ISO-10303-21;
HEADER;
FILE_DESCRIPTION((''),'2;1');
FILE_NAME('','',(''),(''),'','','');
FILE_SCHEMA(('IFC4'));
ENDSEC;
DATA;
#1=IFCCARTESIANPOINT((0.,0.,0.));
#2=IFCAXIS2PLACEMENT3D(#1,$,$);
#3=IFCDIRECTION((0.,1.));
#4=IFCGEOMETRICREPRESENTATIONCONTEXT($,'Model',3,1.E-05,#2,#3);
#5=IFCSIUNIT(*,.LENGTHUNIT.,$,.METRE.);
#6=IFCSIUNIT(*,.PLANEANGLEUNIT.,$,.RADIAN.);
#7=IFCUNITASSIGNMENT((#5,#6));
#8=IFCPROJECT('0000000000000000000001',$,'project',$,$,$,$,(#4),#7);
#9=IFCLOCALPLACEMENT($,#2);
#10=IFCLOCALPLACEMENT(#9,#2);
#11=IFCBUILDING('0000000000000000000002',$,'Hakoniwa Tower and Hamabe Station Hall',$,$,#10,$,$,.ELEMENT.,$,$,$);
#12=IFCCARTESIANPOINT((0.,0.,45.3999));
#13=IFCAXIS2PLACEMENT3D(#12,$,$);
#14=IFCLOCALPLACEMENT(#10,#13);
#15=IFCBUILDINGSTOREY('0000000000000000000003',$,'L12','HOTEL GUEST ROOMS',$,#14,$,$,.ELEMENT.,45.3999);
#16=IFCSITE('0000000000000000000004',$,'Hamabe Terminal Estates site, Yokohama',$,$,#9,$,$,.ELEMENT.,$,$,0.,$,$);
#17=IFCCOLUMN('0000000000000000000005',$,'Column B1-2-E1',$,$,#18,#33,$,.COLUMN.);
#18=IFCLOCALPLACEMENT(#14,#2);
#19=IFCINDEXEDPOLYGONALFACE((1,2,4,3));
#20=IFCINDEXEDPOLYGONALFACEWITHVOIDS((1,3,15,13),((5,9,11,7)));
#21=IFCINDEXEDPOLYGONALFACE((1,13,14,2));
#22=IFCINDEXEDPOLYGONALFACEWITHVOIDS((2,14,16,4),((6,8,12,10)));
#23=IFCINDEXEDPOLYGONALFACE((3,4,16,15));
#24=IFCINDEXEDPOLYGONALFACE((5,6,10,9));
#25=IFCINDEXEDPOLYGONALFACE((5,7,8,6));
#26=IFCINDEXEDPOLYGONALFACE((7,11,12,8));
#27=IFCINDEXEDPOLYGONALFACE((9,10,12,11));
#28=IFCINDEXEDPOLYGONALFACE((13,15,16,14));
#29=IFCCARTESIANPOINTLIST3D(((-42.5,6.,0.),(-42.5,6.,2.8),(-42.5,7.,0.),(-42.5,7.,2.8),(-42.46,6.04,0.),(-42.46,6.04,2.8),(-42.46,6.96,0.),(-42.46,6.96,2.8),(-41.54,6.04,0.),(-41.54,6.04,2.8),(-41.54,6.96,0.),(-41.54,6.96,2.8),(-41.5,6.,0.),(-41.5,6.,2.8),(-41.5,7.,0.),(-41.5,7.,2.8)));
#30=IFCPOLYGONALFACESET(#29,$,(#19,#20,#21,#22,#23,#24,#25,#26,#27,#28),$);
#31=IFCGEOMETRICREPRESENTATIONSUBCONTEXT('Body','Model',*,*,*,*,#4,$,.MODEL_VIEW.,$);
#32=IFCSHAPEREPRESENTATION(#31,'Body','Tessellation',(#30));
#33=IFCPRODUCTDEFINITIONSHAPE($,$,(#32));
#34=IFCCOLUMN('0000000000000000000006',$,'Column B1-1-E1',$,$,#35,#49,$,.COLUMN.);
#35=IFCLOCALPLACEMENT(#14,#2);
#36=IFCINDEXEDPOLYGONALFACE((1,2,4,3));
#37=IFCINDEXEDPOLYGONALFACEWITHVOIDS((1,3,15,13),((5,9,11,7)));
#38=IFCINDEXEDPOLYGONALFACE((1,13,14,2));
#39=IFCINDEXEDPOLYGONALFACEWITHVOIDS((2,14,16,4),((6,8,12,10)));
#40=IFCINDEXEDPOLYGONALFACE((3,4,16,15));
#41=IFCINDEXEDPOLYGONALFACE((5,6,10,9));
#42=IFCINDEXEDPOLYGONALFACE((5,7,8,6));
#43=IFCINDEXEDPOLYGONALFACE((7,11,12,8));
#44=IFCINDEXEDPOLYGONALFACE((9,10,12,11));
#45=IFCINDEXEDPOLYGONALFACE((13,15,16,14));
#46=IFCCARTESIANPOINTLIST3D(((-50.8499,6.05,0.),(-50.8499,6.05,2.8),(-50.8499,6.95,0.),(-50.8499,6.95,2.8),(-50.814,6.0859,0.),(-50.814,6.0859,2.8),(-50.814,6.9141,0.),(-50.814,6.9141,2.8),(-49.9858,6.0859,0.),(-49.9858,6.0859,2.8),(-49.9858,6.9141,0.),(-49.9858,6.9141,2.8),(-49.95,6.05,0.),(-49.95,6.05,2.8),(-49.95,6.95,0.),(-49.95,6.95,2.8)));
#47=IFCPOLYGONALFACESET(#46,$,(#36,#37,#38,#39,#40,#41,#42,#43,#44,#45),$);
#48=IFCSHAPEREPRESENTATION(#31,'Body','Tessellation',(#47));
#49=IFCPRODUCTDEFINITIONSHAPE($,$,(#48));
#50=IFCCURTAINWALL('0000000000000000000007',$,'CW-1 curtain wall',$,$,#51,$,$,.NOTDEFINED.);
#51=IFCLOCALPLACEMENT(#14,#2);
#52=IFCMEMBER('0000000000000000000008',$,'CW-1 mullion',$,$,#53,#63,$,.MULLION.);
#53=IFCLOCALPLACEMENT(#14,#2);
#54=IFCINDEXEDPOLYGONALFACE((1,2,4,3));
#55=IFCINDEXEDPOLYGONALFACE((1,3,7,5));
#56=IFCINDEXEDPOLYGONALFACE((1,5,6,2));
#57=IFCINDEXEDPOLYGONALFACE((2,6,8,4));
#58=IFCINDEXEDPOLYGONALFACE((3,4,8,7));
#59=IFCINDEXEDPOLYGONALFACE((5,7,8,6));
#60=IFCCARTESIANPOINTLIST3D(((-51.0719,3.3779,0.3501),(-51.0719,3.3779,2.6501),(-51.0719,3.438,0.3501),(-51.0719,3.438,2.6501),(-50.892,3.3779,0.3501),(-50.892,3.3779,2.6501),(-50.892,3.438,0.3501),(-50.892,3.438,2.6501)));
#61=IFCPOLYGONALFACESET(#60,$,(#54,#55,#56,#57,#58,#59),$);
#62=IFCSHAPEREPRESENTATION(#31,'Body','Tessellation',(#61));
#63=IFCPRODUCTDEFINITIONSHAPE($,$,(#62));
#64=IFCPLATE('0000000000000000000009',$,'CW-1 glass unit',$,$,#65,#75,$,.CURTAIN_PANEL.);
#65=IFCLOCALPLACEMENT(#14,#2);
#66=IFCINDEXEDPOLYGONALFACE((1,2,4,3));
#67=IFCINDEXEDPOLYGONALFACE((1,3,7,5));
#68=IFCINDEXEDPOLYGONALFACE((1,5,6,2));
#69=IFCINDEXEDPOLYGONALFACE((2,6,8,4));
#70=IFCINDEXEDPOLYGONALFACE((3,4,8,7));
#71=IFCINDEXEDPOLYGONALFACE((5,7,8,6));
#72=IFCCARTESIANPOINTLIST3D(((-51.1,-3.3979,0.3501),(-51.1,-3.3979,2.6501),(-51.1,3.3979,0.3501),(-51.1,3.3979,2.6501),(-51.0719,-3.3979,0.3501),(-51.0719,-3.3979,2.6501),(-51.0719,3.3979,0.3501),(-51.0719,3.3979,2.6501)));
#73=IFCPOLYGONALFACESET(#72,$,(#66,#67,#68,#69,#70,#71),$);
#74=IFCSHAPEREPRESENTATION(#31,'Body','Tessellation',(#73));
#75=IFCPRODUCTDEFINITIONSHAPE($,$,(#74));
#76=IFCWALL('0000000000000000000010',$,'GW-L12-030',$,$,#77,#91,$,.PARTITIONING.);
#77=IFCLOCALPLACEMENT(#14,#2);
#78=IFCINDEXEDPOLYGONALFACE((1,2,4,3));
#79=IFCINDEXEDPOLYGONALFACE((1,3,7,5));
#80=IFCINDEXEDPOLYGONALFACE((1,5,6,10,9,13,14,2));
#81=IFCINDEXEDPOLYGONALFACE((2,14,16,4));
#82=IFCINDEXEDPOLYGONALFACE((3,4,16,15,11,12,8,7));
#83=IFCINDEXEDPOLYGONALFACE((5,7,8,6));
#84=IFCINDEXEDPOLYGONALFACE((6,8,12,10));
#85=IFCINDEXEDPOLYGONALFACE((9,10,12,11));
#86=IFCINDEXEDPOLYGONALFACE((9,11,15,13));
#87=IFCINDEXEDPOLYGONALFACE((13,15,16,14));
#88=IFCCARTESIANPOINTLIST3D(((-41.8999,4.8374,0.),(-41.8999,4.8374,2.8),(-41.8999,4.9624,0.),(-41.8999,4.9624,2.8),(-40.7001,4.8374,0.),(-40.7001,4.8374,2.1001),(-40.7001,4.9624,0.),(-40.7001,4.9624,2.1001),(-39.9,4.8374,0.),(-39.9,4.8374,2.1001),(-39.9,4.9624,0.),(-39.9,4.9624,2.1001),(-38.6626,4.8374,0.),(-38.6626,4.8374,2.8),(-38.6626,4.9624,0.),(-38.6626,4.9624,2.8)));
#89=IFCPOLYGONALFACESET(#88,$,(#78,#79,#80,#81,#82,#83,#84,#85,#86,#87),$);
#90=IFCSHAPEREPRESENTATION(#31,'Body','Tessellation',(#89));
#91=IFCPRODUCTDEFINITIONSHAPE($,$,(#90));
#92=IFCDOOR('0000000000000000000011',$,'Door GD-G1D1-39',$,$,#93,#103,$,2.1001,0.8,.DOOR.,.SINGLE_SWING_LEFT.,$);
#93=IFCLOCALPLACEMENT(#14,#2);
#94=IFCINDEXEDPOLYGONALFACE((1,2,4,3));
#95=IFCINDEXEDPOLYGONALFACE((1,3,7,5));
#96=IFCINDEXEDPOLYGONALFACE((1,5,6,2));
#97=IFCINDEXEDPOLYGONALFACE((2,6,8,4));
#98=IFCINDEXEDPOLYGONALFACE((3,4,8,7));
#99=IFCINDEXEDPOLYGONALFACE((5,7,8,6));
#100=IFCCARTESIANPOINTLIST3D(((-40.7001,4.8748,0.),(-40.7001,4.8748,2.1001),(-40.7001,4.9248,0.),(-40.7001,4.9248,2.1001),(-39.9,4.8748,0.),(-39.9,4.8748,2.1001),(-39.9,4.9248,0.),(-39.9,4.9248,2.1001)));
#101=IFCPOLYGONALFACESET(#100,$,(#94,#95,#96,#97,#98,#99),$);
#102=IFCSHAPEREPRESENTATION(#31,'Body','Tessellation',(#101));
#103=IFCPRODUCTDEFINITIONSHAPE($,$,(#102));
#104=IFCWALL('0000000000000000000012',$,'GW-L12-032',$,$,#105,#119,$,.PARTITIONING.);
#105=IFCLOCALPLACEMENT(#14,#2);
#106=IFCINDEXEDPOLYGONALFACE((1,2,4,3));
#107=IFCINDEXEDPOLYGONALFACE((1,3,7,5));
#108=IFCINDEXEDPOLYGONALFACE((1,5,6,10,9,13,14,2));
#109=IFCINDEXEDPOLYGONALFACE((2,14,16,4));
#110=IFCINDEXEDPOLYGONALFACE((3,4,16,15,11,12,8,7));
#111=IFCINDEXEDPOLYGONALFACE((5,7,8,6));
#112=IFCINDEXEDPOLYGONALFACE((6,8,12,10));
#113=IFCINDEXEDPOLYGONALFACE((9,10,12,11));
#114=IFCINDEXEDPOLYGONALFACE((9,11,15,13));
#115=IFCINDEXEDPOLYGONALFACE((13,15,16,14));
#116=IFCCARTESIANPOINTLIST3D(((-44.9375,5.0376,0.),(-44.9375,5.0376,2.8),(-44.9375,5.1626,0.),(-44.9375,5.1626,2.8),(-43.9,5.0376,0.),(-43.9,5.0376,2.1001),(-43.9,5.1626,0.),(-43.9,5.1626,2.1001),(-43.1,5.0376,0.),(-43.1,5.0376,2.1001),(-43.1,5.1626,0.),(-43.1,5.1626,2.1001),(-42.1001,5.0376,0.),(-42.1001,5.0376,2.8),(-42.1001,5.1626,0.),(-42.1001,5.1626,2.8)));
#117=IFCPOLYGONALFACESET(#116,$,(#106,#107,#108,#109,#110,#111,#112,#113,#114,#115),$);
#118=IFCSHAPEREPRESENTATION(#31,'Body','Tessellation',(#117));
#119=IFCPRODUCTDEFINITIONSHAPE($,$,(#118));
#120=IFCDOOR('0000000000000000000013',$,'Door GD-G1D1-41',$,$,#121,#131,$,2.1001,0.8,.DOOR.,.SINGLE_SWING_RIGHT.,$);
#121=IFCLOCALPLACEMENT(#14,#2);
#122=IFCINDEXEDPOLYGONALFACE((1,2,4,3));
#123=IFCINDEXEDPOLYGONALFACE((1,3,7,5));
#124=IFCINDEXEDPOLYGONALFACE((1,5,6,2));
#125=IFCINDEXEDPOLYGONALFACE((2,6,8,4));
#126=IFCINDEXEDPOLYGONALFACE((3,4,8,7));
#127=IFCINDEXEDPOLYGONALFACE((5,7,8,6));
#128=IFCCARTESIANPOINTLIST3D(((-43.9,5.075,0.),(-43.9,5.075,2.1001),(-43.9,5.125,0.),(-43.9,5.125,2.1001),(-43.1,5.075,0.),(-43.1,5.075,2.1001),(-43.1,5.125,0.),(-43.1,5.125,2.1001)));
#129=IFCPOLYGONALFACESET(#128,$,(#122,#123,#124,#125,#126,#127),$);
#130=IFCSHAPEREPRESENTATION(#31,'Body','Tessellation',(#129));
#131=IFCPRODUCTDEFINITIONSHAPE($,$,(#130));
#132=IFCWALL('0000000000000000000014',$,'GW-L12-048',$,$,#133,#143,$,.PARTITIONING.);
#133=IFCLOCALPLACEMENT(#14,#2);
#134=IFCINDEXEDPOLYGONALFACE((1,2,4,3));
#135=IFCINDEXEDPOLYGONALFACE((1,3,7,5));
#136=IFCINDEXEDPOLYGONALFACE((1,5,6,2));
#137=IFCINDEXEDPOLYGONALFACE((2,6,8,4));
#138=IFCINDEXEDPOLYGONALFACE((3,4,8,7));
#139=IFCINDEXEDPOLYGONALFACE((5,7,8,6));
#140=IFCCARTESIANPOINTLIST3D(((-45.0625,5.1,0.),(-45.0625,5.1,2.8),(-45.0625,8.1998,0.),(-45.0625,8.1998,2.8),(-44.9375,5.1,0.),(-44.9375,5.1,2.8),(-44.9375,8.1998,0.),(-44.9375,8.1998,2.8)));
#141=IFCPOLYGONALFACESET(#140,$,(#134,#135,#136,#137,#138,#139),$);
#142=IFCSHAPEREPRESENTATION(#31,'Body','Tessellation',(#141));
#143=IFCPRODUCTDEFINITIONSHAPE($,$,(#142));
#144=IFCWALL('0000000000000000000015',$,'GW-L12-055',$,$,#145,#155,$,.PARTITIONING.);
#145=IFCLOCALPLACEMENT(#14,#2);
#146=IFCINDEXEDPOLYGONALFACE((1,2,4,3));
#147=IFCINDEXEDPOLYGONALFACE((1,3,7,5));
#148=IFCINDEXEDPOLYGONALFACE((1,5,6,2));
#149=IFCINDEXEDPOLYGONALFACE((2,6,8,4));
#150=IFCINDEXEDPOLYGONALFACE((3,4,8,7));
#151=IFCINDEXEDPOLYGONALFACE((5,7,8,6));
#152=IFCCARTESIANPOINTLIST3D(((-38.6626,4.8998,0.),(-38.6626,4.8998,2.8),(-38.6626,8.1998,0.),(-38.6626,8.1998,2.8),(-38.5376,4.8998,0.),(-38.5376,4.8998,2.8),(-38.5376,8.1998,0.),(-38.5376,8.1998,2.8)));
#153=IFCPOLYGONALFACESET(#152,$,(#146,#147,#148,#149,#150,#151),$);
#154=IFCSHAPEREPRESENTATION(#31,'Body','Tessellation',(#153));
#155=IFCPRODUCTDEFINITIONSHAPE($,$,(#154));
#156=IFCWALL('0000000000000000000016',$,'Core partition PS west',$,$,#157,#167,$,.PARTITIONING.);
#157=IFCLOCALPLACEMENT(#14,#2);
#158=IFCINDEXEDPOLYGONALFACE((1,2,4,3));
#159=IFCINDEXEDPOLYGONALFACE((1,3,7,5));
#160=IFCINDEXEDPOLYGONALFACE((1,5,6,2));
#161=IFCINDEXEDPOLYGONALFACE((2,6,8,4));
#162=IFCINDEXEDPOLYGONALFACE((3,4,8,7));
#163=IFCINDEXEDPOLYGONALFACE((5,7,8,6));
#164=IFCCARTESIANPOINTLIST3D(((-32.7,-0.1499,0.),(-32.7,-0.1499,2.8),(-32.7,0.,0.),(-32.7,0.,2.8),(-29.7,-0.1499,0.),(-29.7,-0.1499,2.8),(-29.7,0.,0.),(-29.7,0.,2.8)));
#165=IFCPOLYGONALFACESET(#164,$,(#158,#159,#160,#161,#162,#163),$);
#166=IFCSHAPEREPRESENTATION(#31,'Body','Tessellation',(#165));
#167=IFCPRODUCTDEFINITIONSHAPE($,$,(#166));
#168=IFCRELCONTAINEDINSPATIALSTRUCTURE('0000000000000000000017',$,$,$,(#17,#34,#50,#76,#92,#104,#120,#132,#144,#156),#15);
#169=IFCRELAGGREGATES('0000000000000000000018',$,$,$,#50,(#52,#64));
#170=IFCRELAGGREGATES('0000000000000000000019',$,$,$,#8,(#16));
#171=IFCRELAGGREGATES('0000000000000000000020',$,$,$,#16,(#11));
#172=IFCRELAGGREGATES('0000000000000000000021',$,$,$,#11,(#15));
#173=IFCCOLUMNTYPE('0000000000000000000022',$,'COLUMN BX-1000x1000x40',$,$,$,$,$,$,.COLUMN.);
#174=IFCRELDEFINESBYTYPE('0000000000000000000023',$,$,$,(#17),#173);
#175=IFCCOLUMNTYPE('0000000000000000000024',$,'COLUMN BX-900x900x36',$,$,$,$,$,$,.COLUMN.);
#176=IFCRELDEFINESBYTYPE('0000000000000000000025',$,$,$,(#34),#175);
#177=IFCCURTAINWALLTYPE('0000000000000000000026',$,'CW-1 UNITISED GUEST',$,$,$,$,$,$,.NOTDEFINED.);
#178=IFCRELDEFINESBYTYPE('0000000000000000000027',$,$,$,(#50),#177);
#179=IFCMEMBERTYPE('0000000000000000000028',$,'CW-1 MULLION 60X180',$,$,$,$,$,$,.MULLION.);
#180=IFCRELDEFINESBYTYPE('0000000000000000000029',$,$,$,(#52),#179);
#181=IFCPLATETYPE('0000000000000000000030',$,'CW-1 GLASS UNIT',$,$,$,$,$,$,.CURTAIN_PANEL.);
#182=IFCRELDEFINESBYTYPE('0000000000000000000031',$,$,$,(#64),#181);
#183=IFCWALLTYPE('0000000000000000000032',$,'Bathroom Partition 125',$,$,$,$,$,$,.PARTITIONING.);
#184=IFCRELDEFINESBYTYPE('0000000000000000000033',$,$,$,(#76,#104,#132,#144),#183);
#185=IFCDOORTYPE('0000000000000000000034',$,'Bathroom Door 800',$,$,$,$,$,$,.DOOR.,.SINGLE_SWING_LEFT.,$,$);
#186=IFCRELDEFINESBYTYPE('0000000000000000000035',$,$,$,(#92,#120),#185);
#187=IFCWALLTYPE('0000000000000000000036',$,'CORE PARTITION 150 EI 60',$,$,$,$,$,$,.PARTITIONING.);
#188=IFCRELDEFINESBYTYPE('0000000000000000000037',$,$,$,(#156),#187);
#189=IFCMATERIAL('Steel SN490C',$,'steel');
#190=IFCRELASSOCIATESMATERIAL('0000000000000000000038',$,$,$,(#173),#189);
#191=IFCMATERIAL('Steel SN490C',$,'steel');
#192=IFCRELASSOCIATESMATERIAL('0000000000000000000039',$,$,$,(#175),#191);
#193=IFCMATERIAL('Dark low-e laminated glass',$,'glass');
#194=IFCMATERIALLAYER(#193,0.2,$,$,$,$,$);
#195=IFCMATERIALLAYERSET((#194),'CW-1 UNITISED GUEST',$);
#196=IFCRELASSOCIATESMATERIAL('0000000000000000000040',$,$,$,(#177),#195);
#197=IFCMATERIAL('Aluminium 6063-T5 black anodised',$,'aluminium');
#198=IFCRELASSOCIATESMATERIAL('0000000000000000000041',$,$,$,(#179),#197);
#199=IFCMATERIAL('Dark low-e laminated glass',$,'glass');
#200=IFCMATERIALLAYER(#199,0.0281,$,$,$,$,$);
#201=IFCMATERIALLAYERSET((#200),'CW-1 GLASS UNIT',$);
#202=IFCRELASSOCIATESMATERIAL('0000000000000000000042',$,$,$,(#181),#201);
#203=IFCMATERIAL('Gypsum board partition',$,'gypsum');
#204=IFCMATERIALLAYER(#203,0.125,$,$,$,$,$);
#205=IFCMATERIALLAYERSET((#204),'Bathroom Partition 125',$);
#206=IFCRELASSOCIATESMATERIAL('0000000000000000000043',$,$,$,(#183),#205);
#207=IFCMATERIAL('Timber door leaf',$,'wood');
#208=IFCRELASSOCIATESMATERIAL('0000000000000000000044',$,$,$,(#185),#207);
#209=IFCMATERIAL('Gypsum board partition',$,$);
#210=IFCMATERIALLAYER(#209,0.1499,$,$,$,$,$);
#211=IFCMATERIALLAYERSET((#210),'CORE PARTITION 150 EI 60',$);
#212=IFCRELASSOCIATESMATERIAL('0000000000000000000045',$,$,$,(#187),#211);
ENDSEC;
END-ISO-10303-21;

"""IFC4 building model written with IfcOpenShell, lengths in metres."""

from ifc_helpers import new_model, si_unit, direction, frame, frame_2d, origin, origin_2d, place, context, subcontext, project, spatial, rectangle, hollow_rectangle, extrude, material, layer, layer_set, material_profile, profile_set, type_object, element, fill, aggregate, save


model = new_model("IFC4")

# Units and contexts
model_context = context("Model", 3, precision=1e-05, world=origin(), true_north=direction((0.0, 1.0)))
body_context = subcontext(model_context, "Body", "Model", "MODEL_VIEW")
ifc_project = project(units=[si_unit("LENGTHUNIT", "METRE"), si_unit("PLANEANGLEUNIT", "RADIAN")], contexts=[model_context])

# Site, building, storey
site_placement = place(None, origin())
site = spatial("IfcSite", under=ifc_project, at=site_placement, Name="Hamabe Terminal Estates site, Yokohama", CompositionType="ELEMENT", RefElevation=0.0)
building_placement = place(site_placement, origin())
building = spatial("IfcBuilding", under=site, at=building_placement, Name="Hakoniwa Tower and Hamabe Station Hall", CompositionType="ELEMENT")
storey_placement = place(building_placement, frame((0.0, 0.0, 45.3999)))
storey = spatial("IfcBuildingStorey", under=building, at=storey_placement, Name="L12", Description="HOTEL GUEST ROOMS", CompositionType="ELEMENT", Elevation=45.3999)

# Columns
ifc_material_1 = material(Name="Steel SN490C", Category="steel")
ifc_material_profile_1 = material_profile(ifc_material_1, hollow_rectangle(XDim=1.0, YDim=1.0, WallThickness=0.04, at=origin_2d()), Name="BX-1000x1000x40")
ifc_profile_set_1 = profile_set([ifc_material_profile_1], Name="Steel SN490C")
column_type_1 = type_object("IfcColumnType", Name="COLUMN BX-1000x1000x40", PredefinedType="COLUMN", material=ifc_profile_set_1)
column_1_placement = place(storey_placement, frame((-42.0, 6.5, 0.0), z_axis=(0.0, 0.0, 1.0), x_axis=(1.0, 0.0, 0.0)))
element("IfcColumn", 1, at=column_1_placement, inside=storey, type_object=column_type_1, Name="Column B1-2-E1", PredefinedType="COLUMN", context=body_context, shape_type="SweptSolid", body=[
    extrude(hollow_rectangle(XDim=1.0, YDim=1.0, WallThickness=0.04, at=origin_2d()), origin(), (0.0, 0.0, 1.0), 2.8),
])
ifc_material_2 = material(Name="Steel SN490C", Category="steel")
ifc_material_profile_2 = material_profile(ifc_material_2, hollow_rectangle(XDim=0.8999, YDim=0.8999, WallThickness=0.0359, at=origin_2d()), Name="BX-900x900x36")
ifc_profile_set_2 = profile_set([ifc_material_profile_2], Name="Steel SN490C")
column_type_2 = type_object("IfcColumnType", Name="COLUMN BX-900x900x36", PredefinedType="COLUMN", material=ifc_profile_set_2)
column_2_placement = place(storey_placement, frame((-50.3999, 6.5, 0.0), z_axis=(0.0, 0.0, 1.0), x_axis=(1.0, 0.0, 0.0)))
element("IfcColumn", 2, at=column_2_placement, inside=storey, type_object=column_type_2, Name="Column B1-1-E1", PredefinedType="COLUMN", context=body_context, shape_type="SweptSolid", body=[
    extrude(hollow_rectangle(XDim=0.8999, YDim=0.8999, WallThickness=0.0359, at=origin_2d()), origin(), (0.0, 0.0, 1.0), 2.8),
])

# Curtain wall, member, plate
ifc_material_3 = material(Name="Dark low-e laminated glass", Category="glass")
ifc_layer_1 = layer(ifc_material_3, 0.2)
ifc_layer_set_1 = layer_set([ifc_layer_1], Name="CW-1 UNITISED GUEST")
curtain_wall_type = type_object("IfcCurtainWallType", Name="CW-1 UNITISED GUEST", PredefinedType="NOTDEFINED", material=ifc_layer_set_1)
curtain_wall_placement = place(storey_placement, origin())
curtain_wall = element("IfcCurtainWall", 3, at=curtain_wall_placement, inside=storey, type_object=curtain_wall_type, Name="CW-1 curtain wall", PredefinedType="NOTDEFINED")
ifc_material_4 = material(Name="Aluminium 6063-T5 black anodised", Category="aluminium")
ifc_material_profile_3 = material_profile(ifc_material_4, rectangle(XDim=0.0601, YDim=0.1799, at=origin_2d()), Name="CW-1 MULLION 60X180")
ifc_profile_set_3 = profile_set([ifc_material_profile_3], Name="Aluminium 6063-T5 black anodised")
member_type = type_object("IfcMemberType", Name="CW-1 MULLION 60X180", PredefinedType="MULLION", material=ifc_profile_set_3)
member_placement = place(storey_placement, frame((-50.9819, 3.408, 0.3501), z_axis=(0.0, 0.0, 1.0), x_axis=(0.0, -1.0, 0.0)))
member = element("IfcMember", 4, at=member_placement, type_object=member_type, Name="CW-1 mullion", PredefinedType="MULLION", context=body_context, shape_type="SweptSolid", body=[
    extrude(rectangle(XDim=0.0601, YDim=0.1799, at=origin_2d()), origin(), (0.0, 0.0, 1.0), 2.3),
])
ifc_material_5 = material(Name="Dark low-e laminated glass", Category="glass")
ifc_layer_2 = layer(ifc_material_5, 0.0281)
ifc_layer_set_2 = layer_set([ifc_layer_2], Name="CW-1 GLASS UNIT")
plate_type = type_object("IfcPlateType", Name="CW-1 GLASS UNIT", PredefinedType="CURTAIN_PANEL", material=ifc_layer_set_2)
plate_placement = place(storey_placement, frame((-51.0859, 0.0, 0.3501), z_axis=(0.0, 0.0, 1.0), x_axis=(0.0, -1.0, 0.0)))
plate = element("IfcPlate", 5, at=plate_placement, type_object=plate_type, Name="CW-1 glass unit", PredefinedType="CURTAIN_PANEL", context=body_context, shape_type="SweptSolid", body=[
    extrude(rectangle(XDim=6.7959, YDim=0.0281, at=origin_2d()), origin(), (0.0, 0.0, 1.0), 2.3),
])
aggregate(curtain_wall, [member, plate])

# Walls, openings, doors
ifc_material_6 = material(Name="Gypsum board partition", Category="gypsum")
ifc_layer_3 = layer(ifc_material_6, 0.125)
ifc_layer_set_3 = layer_set([ifc_layer_3], Name="Bathroom Partition 125")
wall_type_1 = type_object("IfcWallType", Name="Bathroom Partition 125", PredefinedType="PARTITIONING", material=ifc_layer_set_3)
wall_1_placement = place(storey_placement, frame((-41.8999, 4.8999, 0.0), z_axis=(0.0, 0.0, 1.0), x_axis=(1.0, 0.0, 0.0)))
wall_1 = element("IfcWall", 6, at=wall_1_placement, inside=storey, type_object=wall_type_1, Name="GW-L12-030", PredefinedType="PARTITIONING", context=body_context, shape_type="SweptSolid", body=[
    extrude(rectangle(XDim=3.2373, YDim=0.125, at=frame_2d((1.6187, 0.0))), origin(), (0.0, 0.0, 1.0), 2.8),
])
opening_1_placement = place(wall_1_placement, frame((1.2, 0.0, 0.0)))
opening_1 = element("IfcOpeningElement", 7, at=opening_1_placement, cuts=wall_1, PredefinedType="OPENING", context=body_context, shape_type="SweptSolid", body=[
    extrude(rectangle(XDim=0.8, YDim=2.1001, at=frame_2d((0.3999, 1.05))), frame((0.0, 0.0725, 0.0), z_axis=(0.0, -1.0, 0.0), x_axis=(1.0, 0.0, 0.0)), (0.0, 0.0, 1.0), 0.145),
])
ifc_material_7 = material(Name="Timber door leaf", Category="wood")
door_type_1 = type_object("IfcDoorType", Name="Bathroom Door 800", OperationType="SINGLE_SWING_LEFT", PredefinedType="DOOR", material=ifc_material_7)
door_1_placement = place(opening_1_placement, origin())
door_1 = element("IfcDoor", 8, at=door_1_placement, inside=storey, type_object=door_type_1, Name="Door GD-G1D1-39", OperationType="SINGLE_SWING_LEFT", OverallHeight=2.1001, OverallWidth=0.8, PredefinedType="DOOR", context=body_context, shape_type="SweptSolid", body=[
    extrude(rectangle(XDim=0.8, YDim=2.1001, at=frame_2d((0.3999, 1.05))), frame((0.0, 0.0249, 0.0), z_axis=(0.0, -1.0, 0.0), x_axis=(1.0, 0.0, 0.0)), (0.0, 0.0, 1.0), 0.05),
])
fill(opening_1, door_1)
wall_2_placement = place(storey_placement, frame((-44.9375, 5.1001, 0.0), z_axis=(0.0, 0.0, 1.0), x_axis=(1.0, 0.0, 0.0)))
wall_2 = element("IfcWall", 9, at=wall_2_placement, inside=storey, type_object=wall_type_1, Name="GW-L12-032", PredefinedType="PARTITIONING", context=body_context, shape_type="SweptSolid", body=[
    extrude(rectangle(XDim=2.8374, YDim=0.125, at=frame_2d((1.4187, 0.0))), origin(), (0.0, 0.0, 1.0), 2.8),
])
opening_2_placement = place(wall_2_placement, frame((1.0376, 0.0, 0.0)))
opening_2 = element("IfcOpeningElement", 10, at=opening_2_placement, cuts=wall_2, PredefinedType="OPENING", context=body_context, shape_type="SweptSolid", body=[
    extrude(rectangle(XDim=0.8, YDim=2.1001, at=frame_2d((0.3999, 1.05))), frame((0.0, 0.0725, 0.0), z_axis=(0.0, -1.0, 0.0), x_axis=(1.0, 0.0, 0.0)), (0.0, 0.0, 1.0), 0.145),
])
door_2_placement = place(opening_2_placement, origin())
door_2 = element("IfcDoor", 11, at=door_2_placement, inside=storey, type_object=door_type_1, Name="Door GD-G1D1-41", OperationType="SINGLE_SWING_RIGHT", OverallHeight=2.1001, OverallWidth=0.8, PredefinedType="DOOR", context=body_context, shape_type="SweptSolid", body=[
    extrude(rectangle(XDim=0.8, YDim=2.1001, at=frame_2d((0.3999, 1.05))), frame((0.0, 0.0249, 0.0), z_axis=(0.0, -1.0, 0.0), x_axis=(1.0, 0.0, 0.0)), (0.0, 0.0, 1.0), 0.05),
])
fill(opening_2, door_2)

# Walls
wall_3_placement = place(storey_placement, frame((-45.0, 5.1001, 0.0), z_axis=(0.0, 0.0, 1.0), x_axis=(0.0, 1.0, 0.0)))
element("IfcWall", 12, at=wall_3_placement, inside=storey, type_object=wall_type_1, Name="GW-L12-048", PredefinedType="PARTITIONING", context=body_context, shape_type="SweptSolid", body=[
    extrude(rectangle(XDim=3.0999, YDim=0.125, at=frame_2d((1.5498, 0.0))), origin(), (0.0, 0.0, 1.0), 2.8),
])
wall_4_placement = place(storey_placement, frame((-38.6001, 4.8999, 0.0), z_axis=(0.0, 0.0, 1.0), x_axis=(0.0, 1.0, 0.0)))
element("IfcWall", 13, at=wall_4_placement, inside=storey, type_object=wall_type_1, Name="GW-L12-055", PredefinedType="PARTITIONING", context=body_context, shape_type="SweptSolid", body=[
    extrude(rectangle(XDim=3.3, YDim=0.125, at=frame_2d((1.6499, 0.0))), origin(), (0.0, 0.0, 1.0), 2.8),
])
ifc_material_8 = material(Name="Gypsum board partition")
ifc_layer_4 = layer(ifc_material_8, 0.1499)
ifc_layer_set_4 = layer_set([ifc_layer_4], Name="CORE PARTITION 150 EI 60")
wall_type_2 = type_object("IfcWallType", Name="CORE PARTITION 150 EI 60", PredefinedType="PARTITIONING", material=ifc_layer_set_4)
wall_5_placement = place(storey_placement, frame((-32.7, -0.075, 0.0), z_axis=(0.0, 0.0, 1.0), x_axis=(1.0, 0.0, 0.0)))
element("IfcWall", 14, at=wall_5_placement, inside=storey, type_object=wall_type_2, Name="Core partition PS west", PredefinedType="PARTITIONING", context=body_context, shape_type="SweptSolid", body=[
    extrude(rectangle(XDim=3.0, YDim=0.1499, at=frame_2d((1.5, 0.0))), origin(), (0.0, 0.0, 1.0), 2.8),
])

save(model, "model.ifc")
